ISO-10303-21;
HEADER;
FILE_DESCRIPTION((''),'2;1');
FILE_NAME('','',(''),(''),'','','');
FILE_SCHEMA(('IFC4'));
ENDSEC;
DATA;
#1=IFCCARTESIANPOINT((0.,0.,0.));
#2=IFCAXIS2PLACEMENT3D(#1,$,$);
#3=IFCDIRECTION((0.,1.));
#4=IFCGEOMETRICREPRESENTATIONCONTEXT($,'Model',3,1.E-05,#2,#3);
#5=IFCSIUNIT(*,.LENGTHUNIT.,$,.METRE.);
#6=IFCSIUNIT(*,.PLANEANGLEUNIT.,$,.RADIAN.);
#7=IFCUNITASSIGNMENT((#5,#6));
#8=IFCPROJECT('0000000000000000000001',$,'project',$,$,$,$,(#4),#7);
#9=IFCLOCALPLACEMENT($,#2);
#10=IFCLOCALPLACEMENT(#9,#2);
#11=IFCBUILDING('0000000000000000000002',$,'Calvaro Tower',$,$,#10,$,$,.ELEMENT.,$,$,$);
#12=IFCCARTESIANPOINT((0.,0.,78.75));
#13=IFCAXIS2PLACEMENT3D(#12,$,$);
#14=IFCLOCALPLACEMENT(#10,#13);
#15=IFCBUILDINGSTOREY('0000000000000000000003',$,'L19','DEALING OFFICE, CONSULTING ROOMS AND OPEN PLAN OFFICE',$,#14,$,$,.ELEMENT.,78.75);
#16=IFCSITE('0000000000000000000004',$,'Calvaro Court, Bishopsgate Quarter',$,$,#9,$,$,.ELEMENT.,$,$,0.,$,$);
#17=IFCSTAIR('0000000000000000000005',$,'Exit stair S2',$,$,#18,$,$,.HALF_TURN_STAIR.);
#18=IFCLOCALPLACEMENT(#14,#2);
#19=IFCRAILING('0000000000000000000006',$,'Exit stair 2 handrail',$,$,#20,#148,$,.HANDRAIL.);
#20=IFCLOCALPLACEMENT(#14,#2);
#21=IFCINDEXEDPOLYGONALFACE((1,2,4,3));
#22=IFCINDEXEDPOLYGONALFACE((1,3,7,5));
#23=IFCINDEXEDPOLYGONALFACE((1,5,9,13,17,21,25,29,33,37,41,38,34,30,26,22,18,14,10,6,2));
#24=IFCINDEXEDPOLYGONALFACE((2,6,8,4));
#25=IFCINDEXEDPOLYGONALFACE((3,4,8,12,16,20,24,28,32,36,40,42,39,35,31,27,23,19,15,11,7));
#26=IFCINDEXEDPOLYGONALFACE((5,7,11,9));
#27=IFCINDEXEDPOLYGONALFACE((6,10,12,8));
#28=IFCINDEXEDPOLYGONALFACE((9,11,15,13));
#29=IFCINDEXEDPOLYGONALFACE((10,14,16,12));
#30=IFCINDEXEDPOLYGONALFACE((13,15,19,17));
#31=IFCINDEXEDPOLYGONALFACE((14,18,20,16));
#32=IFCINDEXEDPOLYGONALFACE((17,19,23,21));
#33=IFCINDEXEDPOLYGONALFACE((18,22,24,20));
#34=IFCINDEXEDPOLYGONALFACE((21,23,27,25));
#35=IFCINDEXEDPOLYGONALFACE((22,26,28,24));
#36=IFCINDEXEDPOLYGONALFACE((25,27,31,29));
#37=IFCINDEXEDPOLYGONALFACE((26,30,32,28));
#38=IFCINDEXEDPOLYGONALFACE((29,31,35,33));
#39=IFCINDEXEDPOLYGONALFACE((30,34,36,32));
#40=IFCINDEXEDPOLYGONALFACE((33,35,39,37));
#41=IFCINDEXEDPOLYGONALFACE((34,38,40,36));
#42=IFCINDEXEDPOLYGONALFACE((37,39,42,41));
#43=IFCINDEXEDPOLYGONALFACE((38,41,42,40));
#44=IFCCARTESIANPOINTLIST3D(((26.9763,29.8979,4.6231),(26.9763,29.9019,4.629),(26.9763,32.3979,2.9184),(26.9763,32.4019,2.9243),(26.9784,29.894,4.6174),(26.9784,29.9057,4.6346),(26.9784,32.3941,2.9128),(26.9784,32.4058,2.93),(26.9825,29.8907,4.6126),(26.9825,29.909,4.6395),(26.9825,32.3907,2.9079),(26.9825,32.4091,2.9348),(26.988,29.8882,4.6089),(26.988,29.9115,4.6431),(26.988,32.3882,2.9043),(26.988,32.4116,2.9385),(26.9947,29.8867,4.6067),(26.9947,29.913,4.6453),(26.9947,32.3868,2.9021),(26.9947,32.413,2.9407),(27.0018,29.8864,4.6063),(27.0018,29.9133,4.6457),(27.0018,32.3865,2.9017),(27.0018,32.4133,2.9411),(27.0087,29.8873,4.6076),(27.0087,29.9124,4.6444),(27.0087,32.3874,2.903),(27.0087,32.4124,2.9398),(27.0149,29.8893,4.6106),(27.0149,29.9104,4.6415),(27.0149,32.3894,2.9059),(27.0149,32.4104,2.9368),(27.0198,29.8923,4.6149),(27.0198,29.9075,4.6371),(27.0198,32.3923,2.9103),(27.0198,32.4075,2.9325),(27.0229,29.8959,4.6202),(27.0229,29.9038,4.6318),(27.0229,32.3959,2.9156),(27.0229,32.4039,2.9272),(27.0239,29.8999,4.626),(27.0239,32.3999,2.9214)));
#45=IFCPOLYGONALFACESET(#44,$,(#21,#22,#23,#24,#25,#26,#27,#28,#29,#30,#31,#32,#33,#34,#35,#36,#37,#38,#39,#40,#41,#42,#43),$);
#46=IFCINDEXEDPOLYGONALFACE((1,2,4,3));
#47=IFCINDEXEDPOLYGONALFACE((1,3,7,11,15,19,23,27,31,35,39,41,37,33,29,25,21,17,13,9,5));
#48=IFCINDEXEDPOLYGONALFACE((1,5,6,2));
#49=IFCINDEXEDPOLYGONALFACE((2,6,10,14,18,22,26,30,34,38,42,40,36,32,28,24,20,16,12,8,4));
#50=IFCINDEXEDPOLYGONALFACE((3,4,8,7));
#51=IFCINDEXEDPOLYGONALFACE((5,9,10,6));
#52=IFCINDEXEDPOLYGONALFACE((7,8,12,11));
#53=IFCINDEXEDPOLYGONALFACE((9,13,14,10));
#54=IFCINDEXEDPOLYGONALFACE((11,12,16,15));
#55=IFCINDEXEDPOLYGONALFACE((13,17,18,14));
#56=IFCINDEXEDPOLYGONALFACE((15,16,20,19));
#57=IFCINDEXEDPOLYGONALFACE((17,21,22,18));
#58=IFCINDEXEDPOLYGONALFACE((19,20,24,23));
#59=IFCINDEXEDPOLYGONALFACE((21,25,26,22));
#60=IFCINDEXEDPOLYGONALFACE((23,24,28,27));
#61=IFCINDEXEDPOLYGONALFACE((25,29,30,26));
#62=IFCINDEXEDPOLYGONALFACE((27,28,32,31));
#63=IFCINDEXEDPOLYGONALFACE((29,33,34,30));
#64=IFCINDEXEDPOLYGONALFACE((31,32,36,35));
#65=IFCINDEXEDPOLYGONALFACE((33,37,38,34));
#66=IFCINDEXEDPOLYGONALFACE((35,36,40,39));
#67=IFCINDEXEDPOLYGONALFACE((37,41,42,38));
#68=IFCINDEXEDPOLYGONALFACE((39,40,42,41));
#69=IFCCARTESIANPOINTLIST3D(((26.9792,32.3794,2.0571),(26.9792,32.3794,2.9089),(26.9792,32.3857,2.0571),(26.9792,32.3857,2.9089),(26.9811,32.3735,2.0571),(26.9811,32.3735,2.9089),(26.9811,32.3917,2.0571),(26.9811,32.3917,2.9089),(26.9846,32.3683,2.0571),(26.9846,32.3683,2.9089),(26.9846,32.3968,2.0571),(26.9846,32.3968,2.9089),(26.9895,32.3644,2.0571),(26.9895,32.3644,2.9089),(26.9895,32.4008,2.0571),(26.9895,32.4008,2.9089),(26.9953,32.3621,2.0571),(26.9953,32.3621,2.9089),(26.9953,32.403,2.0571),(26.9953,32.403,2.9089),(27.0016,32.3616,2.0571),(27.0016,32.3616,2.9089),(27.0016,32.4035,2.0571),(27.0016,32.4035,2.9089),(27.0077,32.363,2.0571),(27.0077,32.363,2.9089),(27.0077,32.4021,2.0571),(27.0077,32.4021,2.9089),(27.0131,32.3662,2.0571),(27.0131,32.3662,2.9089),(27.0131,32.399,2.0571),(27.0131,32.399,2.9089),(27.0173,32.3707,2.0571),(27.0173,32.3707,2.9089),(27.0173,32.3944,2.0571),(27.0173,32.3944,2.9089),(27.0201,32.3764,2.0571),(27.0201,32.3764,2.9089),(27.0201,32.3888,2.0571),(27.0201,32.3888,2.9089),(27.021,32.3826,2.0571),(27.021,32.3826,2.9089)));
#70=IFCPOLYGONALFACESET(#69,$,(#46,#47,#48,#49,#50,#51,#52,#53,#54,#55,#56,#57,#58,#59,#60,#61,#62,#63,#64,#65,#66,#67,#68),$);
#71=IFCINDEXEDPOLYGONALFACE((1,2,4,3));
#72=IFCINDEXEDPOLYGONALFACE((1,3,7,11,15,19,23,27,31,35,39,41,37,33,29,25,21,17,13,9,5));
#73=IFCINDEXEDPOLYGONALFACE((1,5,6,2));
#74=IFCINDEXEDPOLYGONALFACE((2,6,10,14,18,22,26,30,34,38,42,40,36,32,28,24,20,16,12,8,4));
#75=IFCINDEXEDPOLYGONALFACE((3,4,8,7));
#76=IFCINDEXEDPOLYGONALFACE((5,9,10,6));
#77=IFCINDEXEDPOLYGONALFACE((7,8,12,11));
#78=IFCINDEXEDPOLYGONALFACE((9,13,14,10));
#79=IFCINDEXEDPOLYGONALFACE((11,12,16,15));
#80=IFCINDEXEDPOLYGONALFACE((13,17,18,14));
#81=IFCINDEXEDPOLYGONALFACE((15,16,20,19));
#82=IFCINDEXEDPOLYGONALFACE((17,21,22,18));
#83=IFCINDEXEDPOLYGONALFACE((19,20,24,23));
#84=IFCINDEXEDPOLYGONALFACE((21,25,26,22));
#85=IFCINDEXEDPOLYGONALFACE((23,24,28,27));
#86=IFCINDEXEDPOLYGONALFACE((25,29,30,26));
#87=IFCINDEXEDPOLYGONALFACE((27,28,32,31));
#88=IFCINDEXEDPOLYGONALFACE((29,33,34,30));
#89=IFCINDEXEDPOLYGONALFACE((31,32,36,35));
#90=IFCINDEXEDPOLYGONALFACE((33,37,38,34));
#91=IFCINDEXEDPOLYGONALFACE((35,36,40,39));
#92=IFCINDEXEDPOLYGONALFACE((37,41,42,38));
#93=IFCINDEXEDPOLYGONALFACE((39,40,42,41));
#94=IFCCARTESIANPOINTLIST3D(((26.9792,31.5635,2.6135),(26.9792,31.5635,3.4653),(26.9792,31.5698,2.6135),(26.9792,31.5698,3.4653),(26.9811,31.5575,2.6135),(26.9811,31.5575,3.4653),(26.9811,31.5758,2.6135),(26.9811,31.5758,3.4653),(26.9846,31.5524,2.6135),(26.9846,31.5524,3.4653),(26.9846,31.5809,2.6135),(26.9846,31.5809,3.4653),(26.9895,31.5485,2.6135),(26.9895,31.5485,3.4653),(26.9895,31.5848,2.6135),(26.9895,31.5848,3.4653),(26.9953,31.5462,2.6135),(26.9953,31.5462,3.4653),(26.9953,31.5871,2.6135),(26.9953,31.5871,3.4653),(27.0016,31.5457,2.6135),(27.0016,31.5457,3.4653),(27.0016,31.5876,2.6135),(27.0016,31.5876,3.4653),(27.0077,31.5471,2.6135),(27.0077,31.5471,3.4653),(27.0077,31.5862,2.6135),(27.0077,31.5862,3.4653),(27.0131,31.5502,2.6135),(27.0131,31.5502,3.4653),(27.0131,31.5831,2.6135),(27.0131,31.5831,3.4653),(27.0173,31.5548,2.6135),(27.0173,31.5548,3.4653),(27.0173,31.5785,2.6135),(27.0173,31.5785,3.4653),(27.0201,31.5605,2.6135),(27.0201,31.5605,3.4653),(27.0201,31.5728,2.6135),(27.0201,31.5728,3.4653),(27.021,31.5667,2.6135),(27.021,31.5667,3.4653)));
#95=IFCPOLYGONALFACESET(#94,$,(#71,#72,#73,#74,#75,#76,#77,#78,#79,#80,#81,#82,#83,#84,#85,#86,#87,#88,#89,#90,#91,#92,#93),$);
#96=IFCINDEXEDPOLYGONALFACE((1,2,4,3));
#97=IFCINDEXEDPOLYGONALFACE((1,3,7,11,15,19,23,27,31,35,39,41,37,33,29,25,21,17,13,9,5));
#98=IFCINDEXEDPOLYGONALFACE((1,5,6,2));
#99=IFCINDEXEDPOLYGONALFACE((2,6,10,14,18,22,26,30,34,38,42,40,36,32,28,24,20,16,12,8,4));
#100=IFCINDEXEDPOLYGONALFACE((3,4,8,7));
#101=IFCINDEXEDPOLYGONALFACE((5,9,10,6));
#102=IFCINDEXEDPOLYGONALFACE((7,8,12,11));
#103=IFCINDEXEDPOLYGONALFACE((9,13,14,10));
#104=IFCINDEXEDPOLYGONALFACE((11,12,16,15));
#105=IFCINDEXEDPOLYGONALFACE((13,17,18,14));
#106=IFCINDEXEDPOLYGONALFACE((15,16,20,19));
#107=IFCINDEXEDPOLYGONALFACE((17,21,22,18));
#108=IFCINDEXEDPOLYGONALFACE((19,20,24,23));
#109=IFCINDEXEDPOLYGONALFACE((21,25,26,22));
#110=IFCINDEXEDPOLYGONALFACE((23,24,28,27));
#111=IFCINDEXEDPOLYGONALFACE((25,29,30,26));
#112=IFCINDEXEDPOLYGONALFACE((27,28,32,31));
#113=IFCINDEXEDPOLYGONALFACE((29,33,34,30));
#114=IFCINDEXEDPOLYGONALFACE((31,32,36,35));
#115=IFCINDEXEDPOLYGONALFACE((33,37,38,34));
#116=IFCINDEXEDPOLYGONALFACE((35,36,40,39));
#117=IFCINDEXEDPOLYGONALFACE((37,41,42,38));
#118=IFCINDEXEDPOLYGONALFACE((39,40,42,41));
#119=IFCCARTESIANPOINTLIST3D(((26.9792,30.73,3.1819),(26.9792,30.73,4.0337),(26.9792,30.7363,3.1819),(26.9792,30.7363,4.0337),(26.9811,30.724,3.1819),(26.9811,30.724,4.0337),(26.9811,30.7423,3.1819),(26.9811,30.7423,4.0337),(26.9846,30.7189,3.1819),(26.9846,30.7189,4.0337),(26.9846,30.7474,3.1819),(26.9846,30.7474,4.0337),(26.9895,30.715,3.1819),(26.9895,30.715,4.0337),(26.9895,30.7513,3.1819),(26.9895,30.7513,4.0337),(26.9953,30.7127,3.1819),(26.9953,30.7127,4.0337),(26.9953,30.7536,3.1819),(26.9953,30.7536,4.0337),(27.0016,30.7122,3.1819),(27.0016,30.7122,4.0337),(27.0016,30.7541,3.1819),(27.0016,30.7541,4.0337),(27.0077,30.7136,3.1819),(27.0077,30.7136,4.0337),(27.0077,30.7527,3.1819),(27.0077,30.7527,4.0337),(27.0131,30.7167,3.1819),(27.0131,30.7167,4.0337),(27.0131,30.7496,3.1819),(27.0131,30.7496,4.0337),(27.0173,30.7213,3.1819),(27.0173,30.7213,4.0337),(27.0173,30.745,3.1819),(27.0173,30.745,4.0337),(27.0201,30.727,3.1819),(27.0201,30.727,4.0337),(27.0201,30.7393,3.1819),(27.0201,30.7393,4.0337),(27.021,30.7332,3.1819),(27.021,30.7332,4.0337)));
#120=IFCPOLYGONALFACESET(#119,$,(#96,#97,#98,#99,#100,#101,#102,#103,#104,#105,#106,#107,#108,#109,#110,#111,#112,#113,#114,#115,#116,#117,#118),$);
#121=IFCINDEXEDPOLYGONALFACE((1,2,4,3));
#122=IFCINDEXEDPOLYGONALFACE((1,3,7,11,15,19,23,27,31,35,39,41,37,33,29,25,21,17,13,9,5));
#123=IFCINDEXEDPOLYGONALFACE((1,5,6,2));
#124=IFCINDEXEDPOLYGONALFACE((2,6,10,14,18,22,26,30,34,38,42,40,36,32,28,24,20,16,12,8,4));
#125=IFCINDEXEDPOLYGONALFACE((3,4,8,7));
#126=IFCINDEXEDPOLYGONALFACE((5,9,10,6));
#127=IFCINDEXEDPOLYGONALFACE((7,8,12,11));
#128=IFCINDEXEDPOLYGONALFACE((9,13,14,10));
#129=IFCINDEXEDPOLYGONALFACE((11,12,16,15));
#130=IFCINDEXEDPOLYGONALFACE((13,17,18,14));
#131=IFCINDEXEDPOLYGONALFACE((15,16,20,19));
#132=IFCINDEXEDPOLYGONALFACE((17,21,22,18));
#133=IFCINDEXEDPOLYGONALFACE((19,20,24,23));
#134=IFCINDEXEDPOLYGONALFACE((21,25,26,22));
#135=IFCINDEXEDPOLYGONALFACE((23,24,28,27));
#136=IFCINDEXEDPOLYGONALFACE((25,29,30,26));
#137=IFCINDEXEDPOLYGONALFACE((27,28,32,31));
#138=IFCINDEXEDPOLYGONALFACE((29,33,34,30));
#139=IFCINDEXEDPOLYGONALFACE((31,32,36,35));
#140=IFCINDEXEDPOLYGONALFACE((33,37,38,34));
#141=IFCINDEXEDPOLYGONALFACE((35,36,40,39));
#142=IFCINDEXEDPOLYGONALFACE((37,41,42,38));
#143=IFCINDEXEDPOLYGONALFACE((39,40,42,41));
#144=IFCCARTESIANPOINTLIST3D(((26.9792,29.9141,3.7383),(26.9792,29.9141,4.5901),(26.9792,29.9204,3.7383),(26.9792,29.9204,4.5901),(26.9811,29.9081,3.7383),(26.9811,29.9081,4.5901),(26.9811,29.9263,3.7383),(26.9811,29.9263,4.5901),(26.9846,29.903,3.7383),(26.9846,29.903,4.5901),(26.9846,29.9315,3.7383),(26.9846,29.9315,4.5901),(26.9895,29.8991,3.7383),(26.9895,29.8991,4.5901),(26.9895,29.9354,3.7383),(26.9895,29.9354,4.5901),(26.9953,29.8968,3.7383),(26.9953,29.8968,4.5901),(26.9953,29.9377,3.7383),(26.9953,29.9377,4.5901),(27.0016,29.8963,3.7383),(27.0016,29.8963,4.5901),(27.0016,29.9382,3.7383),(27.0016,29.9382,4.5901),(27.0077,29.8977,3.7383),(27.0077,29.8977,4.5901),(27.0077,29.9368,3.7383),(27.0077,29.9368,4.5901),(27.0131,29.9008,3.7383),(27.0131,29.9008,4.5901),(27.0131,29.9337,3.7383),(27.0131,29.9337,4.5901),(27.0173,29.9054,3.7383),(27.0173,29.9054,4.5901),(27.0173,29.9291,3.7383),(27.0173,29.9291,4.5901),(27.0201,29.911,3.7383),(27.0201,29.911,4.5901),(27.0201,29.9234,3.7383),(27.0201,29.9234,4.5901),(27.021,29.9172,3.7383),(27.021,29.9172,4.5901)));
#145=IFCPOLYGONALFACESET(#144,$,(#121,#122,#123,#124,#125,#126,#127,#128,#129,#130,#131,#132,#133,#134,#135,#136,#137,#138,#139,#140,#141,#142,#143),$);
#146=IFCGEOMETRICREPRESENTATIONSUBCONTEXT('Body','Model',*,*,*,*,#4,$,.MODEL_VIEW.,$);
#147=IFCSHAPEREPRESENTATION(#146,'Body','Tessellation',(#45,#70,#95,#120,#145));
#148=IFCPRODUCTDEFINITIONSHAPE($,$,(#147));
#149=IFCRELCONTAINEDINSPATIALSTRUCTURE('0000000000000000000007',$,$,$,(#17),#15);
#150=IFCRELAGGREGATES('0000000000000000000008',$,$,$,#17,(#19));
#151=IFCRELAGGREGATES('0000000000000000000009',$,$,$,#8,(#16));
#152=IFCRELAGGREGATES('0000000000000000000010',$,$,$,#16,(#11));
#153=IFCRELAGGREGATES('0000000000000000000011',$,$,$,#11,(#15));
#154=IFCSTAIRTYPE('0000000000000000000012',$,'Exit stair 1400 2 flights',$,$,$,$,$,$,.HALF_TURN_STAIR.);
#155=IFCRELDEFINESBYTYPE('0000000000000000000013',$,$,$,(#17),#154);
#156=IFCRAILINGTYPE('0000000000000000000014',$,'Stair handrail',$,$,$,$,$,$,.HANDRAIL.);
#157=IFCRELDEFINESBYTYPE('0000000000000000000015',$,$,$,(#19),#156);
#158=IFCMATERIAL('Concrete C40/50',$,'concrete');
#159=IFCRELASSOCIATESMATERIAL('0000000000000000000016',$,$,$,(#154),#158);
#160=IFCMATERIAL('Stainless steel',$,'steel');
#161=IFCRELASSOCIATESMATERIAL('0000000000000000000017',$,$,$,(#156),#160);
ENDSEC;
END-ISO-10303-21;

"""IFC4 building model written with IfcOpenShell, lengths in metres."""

from ifc_helpers import new_model, si_unit, direction, frame, origin, origin_2d, place, context, subcontext, project, spatial, circle, extrude, material, type_object, element, aggregate, save


model = new_model("IFC4")

# Units and contexts
model_context = context("Model", 3, precision=1e-05, world=origin(), true_north=direction((0.0, 1.0)))
body_context = subcontext(model_context, "Body", "Model", "MODEL_VIEW")
ifc_project = project(units=[si_unit("LENGTHUNIT", "METRE"), si_unit("PLANEANGLEUNIT", "RADIAN")], contexts=[model_context])

# Site, building, storey
site_placement = place(None, origin())
site = spatial("IfcSite", under=ifc_project, at=site_placement, Name="Calvaro Court, Bishopsgate Quarter", CompositionType="ELEMENT", RefElevation=0.0)
building_placement = place(site_placement, origin())
building = spatial("IfcBuilding", under=site, at=building_placement, Name="Calvaro Tower", CompositionType="ELEMENT")
storey_placement = place(building_placement, frame((0.0, 0.0, 78.75)))
storey = spatial("IfcBuildingStorey", under=building, at=storey_placement, Name="L19", Description="DEALING OFFICE, CONSULTING ROOMS AND OPEN PLAN OFFICE", CompositionType="ELEMENT", Elevation=78.75)

# Stair, railing
ifc_material_1 = material(Name="Concrete C40/50", Category="concrete")
stair_type = type_object("IfcStairType", Name="Exit stair 1400 2 flights", PredefinedType="HALF_TURN_STAIR", material=ifc_material_1)
stair_placement = place(storey_placement, origin())
stair = element("IfcStair", 1, at=stair_placement, inside=storey, type_object=stair_type, Name="Exit stair S2", PredefinedType="HALF_TURN_STAIR")
ifc_material_2 = material(Name="Stainless steel", Category="steel")
railing_type = type_object("IfcRailingType", Name="Stair handrail", PredefinedType="HANDRAIL", material=ifc_material_2)
railing_1_placement = place(storey_placement, frame((27.0, 32.3999, 2.0454)))
railing_1 = element("IfcRailing", 2, at=railing_1_placement, type_object=railing_type, Name="Exit stair 2 handrail", PredefinedType="HANDRAIL", context=body_context, shape_type="SweptSolid", body=[
    extrude(circle(Radius=0.0239, at=origin_2d()), frame((0.0, 0.0, 0.876), z_axis=(0.0, -0.826221, 0.563347), x_axis=(1.0, 0.0, 0.0)), (0.0, 0.0, 1.0), 3.0259),
    extrude(circle(Radius=0.021, at=origin_2d()), frame((0.0, -0.0173, 0.0117)), (0.0, 0.0, 1.0), 0.8518),
    extrude(circle(Radius=0.021, at=origin_2d()), frame((0.0, -0.8333, 0.5681)), (0.0, 0.0, 1.0), 0.8518),
    extrude(circle(Radius=0.021, at=origin_2d()), frame((0.0, -1.6667, 1.1365)), (0.0, 0.0, 1.0), 0.8518),
    extrude(circle(Radius=0.021, at=origin_2d()), frame((0.0, -2.4827, 1.6929)), (0.0, 0.0, 1.0), 0.8518),
])
aggregate(stair, [railing_1])

save(model, "model.ifc")
